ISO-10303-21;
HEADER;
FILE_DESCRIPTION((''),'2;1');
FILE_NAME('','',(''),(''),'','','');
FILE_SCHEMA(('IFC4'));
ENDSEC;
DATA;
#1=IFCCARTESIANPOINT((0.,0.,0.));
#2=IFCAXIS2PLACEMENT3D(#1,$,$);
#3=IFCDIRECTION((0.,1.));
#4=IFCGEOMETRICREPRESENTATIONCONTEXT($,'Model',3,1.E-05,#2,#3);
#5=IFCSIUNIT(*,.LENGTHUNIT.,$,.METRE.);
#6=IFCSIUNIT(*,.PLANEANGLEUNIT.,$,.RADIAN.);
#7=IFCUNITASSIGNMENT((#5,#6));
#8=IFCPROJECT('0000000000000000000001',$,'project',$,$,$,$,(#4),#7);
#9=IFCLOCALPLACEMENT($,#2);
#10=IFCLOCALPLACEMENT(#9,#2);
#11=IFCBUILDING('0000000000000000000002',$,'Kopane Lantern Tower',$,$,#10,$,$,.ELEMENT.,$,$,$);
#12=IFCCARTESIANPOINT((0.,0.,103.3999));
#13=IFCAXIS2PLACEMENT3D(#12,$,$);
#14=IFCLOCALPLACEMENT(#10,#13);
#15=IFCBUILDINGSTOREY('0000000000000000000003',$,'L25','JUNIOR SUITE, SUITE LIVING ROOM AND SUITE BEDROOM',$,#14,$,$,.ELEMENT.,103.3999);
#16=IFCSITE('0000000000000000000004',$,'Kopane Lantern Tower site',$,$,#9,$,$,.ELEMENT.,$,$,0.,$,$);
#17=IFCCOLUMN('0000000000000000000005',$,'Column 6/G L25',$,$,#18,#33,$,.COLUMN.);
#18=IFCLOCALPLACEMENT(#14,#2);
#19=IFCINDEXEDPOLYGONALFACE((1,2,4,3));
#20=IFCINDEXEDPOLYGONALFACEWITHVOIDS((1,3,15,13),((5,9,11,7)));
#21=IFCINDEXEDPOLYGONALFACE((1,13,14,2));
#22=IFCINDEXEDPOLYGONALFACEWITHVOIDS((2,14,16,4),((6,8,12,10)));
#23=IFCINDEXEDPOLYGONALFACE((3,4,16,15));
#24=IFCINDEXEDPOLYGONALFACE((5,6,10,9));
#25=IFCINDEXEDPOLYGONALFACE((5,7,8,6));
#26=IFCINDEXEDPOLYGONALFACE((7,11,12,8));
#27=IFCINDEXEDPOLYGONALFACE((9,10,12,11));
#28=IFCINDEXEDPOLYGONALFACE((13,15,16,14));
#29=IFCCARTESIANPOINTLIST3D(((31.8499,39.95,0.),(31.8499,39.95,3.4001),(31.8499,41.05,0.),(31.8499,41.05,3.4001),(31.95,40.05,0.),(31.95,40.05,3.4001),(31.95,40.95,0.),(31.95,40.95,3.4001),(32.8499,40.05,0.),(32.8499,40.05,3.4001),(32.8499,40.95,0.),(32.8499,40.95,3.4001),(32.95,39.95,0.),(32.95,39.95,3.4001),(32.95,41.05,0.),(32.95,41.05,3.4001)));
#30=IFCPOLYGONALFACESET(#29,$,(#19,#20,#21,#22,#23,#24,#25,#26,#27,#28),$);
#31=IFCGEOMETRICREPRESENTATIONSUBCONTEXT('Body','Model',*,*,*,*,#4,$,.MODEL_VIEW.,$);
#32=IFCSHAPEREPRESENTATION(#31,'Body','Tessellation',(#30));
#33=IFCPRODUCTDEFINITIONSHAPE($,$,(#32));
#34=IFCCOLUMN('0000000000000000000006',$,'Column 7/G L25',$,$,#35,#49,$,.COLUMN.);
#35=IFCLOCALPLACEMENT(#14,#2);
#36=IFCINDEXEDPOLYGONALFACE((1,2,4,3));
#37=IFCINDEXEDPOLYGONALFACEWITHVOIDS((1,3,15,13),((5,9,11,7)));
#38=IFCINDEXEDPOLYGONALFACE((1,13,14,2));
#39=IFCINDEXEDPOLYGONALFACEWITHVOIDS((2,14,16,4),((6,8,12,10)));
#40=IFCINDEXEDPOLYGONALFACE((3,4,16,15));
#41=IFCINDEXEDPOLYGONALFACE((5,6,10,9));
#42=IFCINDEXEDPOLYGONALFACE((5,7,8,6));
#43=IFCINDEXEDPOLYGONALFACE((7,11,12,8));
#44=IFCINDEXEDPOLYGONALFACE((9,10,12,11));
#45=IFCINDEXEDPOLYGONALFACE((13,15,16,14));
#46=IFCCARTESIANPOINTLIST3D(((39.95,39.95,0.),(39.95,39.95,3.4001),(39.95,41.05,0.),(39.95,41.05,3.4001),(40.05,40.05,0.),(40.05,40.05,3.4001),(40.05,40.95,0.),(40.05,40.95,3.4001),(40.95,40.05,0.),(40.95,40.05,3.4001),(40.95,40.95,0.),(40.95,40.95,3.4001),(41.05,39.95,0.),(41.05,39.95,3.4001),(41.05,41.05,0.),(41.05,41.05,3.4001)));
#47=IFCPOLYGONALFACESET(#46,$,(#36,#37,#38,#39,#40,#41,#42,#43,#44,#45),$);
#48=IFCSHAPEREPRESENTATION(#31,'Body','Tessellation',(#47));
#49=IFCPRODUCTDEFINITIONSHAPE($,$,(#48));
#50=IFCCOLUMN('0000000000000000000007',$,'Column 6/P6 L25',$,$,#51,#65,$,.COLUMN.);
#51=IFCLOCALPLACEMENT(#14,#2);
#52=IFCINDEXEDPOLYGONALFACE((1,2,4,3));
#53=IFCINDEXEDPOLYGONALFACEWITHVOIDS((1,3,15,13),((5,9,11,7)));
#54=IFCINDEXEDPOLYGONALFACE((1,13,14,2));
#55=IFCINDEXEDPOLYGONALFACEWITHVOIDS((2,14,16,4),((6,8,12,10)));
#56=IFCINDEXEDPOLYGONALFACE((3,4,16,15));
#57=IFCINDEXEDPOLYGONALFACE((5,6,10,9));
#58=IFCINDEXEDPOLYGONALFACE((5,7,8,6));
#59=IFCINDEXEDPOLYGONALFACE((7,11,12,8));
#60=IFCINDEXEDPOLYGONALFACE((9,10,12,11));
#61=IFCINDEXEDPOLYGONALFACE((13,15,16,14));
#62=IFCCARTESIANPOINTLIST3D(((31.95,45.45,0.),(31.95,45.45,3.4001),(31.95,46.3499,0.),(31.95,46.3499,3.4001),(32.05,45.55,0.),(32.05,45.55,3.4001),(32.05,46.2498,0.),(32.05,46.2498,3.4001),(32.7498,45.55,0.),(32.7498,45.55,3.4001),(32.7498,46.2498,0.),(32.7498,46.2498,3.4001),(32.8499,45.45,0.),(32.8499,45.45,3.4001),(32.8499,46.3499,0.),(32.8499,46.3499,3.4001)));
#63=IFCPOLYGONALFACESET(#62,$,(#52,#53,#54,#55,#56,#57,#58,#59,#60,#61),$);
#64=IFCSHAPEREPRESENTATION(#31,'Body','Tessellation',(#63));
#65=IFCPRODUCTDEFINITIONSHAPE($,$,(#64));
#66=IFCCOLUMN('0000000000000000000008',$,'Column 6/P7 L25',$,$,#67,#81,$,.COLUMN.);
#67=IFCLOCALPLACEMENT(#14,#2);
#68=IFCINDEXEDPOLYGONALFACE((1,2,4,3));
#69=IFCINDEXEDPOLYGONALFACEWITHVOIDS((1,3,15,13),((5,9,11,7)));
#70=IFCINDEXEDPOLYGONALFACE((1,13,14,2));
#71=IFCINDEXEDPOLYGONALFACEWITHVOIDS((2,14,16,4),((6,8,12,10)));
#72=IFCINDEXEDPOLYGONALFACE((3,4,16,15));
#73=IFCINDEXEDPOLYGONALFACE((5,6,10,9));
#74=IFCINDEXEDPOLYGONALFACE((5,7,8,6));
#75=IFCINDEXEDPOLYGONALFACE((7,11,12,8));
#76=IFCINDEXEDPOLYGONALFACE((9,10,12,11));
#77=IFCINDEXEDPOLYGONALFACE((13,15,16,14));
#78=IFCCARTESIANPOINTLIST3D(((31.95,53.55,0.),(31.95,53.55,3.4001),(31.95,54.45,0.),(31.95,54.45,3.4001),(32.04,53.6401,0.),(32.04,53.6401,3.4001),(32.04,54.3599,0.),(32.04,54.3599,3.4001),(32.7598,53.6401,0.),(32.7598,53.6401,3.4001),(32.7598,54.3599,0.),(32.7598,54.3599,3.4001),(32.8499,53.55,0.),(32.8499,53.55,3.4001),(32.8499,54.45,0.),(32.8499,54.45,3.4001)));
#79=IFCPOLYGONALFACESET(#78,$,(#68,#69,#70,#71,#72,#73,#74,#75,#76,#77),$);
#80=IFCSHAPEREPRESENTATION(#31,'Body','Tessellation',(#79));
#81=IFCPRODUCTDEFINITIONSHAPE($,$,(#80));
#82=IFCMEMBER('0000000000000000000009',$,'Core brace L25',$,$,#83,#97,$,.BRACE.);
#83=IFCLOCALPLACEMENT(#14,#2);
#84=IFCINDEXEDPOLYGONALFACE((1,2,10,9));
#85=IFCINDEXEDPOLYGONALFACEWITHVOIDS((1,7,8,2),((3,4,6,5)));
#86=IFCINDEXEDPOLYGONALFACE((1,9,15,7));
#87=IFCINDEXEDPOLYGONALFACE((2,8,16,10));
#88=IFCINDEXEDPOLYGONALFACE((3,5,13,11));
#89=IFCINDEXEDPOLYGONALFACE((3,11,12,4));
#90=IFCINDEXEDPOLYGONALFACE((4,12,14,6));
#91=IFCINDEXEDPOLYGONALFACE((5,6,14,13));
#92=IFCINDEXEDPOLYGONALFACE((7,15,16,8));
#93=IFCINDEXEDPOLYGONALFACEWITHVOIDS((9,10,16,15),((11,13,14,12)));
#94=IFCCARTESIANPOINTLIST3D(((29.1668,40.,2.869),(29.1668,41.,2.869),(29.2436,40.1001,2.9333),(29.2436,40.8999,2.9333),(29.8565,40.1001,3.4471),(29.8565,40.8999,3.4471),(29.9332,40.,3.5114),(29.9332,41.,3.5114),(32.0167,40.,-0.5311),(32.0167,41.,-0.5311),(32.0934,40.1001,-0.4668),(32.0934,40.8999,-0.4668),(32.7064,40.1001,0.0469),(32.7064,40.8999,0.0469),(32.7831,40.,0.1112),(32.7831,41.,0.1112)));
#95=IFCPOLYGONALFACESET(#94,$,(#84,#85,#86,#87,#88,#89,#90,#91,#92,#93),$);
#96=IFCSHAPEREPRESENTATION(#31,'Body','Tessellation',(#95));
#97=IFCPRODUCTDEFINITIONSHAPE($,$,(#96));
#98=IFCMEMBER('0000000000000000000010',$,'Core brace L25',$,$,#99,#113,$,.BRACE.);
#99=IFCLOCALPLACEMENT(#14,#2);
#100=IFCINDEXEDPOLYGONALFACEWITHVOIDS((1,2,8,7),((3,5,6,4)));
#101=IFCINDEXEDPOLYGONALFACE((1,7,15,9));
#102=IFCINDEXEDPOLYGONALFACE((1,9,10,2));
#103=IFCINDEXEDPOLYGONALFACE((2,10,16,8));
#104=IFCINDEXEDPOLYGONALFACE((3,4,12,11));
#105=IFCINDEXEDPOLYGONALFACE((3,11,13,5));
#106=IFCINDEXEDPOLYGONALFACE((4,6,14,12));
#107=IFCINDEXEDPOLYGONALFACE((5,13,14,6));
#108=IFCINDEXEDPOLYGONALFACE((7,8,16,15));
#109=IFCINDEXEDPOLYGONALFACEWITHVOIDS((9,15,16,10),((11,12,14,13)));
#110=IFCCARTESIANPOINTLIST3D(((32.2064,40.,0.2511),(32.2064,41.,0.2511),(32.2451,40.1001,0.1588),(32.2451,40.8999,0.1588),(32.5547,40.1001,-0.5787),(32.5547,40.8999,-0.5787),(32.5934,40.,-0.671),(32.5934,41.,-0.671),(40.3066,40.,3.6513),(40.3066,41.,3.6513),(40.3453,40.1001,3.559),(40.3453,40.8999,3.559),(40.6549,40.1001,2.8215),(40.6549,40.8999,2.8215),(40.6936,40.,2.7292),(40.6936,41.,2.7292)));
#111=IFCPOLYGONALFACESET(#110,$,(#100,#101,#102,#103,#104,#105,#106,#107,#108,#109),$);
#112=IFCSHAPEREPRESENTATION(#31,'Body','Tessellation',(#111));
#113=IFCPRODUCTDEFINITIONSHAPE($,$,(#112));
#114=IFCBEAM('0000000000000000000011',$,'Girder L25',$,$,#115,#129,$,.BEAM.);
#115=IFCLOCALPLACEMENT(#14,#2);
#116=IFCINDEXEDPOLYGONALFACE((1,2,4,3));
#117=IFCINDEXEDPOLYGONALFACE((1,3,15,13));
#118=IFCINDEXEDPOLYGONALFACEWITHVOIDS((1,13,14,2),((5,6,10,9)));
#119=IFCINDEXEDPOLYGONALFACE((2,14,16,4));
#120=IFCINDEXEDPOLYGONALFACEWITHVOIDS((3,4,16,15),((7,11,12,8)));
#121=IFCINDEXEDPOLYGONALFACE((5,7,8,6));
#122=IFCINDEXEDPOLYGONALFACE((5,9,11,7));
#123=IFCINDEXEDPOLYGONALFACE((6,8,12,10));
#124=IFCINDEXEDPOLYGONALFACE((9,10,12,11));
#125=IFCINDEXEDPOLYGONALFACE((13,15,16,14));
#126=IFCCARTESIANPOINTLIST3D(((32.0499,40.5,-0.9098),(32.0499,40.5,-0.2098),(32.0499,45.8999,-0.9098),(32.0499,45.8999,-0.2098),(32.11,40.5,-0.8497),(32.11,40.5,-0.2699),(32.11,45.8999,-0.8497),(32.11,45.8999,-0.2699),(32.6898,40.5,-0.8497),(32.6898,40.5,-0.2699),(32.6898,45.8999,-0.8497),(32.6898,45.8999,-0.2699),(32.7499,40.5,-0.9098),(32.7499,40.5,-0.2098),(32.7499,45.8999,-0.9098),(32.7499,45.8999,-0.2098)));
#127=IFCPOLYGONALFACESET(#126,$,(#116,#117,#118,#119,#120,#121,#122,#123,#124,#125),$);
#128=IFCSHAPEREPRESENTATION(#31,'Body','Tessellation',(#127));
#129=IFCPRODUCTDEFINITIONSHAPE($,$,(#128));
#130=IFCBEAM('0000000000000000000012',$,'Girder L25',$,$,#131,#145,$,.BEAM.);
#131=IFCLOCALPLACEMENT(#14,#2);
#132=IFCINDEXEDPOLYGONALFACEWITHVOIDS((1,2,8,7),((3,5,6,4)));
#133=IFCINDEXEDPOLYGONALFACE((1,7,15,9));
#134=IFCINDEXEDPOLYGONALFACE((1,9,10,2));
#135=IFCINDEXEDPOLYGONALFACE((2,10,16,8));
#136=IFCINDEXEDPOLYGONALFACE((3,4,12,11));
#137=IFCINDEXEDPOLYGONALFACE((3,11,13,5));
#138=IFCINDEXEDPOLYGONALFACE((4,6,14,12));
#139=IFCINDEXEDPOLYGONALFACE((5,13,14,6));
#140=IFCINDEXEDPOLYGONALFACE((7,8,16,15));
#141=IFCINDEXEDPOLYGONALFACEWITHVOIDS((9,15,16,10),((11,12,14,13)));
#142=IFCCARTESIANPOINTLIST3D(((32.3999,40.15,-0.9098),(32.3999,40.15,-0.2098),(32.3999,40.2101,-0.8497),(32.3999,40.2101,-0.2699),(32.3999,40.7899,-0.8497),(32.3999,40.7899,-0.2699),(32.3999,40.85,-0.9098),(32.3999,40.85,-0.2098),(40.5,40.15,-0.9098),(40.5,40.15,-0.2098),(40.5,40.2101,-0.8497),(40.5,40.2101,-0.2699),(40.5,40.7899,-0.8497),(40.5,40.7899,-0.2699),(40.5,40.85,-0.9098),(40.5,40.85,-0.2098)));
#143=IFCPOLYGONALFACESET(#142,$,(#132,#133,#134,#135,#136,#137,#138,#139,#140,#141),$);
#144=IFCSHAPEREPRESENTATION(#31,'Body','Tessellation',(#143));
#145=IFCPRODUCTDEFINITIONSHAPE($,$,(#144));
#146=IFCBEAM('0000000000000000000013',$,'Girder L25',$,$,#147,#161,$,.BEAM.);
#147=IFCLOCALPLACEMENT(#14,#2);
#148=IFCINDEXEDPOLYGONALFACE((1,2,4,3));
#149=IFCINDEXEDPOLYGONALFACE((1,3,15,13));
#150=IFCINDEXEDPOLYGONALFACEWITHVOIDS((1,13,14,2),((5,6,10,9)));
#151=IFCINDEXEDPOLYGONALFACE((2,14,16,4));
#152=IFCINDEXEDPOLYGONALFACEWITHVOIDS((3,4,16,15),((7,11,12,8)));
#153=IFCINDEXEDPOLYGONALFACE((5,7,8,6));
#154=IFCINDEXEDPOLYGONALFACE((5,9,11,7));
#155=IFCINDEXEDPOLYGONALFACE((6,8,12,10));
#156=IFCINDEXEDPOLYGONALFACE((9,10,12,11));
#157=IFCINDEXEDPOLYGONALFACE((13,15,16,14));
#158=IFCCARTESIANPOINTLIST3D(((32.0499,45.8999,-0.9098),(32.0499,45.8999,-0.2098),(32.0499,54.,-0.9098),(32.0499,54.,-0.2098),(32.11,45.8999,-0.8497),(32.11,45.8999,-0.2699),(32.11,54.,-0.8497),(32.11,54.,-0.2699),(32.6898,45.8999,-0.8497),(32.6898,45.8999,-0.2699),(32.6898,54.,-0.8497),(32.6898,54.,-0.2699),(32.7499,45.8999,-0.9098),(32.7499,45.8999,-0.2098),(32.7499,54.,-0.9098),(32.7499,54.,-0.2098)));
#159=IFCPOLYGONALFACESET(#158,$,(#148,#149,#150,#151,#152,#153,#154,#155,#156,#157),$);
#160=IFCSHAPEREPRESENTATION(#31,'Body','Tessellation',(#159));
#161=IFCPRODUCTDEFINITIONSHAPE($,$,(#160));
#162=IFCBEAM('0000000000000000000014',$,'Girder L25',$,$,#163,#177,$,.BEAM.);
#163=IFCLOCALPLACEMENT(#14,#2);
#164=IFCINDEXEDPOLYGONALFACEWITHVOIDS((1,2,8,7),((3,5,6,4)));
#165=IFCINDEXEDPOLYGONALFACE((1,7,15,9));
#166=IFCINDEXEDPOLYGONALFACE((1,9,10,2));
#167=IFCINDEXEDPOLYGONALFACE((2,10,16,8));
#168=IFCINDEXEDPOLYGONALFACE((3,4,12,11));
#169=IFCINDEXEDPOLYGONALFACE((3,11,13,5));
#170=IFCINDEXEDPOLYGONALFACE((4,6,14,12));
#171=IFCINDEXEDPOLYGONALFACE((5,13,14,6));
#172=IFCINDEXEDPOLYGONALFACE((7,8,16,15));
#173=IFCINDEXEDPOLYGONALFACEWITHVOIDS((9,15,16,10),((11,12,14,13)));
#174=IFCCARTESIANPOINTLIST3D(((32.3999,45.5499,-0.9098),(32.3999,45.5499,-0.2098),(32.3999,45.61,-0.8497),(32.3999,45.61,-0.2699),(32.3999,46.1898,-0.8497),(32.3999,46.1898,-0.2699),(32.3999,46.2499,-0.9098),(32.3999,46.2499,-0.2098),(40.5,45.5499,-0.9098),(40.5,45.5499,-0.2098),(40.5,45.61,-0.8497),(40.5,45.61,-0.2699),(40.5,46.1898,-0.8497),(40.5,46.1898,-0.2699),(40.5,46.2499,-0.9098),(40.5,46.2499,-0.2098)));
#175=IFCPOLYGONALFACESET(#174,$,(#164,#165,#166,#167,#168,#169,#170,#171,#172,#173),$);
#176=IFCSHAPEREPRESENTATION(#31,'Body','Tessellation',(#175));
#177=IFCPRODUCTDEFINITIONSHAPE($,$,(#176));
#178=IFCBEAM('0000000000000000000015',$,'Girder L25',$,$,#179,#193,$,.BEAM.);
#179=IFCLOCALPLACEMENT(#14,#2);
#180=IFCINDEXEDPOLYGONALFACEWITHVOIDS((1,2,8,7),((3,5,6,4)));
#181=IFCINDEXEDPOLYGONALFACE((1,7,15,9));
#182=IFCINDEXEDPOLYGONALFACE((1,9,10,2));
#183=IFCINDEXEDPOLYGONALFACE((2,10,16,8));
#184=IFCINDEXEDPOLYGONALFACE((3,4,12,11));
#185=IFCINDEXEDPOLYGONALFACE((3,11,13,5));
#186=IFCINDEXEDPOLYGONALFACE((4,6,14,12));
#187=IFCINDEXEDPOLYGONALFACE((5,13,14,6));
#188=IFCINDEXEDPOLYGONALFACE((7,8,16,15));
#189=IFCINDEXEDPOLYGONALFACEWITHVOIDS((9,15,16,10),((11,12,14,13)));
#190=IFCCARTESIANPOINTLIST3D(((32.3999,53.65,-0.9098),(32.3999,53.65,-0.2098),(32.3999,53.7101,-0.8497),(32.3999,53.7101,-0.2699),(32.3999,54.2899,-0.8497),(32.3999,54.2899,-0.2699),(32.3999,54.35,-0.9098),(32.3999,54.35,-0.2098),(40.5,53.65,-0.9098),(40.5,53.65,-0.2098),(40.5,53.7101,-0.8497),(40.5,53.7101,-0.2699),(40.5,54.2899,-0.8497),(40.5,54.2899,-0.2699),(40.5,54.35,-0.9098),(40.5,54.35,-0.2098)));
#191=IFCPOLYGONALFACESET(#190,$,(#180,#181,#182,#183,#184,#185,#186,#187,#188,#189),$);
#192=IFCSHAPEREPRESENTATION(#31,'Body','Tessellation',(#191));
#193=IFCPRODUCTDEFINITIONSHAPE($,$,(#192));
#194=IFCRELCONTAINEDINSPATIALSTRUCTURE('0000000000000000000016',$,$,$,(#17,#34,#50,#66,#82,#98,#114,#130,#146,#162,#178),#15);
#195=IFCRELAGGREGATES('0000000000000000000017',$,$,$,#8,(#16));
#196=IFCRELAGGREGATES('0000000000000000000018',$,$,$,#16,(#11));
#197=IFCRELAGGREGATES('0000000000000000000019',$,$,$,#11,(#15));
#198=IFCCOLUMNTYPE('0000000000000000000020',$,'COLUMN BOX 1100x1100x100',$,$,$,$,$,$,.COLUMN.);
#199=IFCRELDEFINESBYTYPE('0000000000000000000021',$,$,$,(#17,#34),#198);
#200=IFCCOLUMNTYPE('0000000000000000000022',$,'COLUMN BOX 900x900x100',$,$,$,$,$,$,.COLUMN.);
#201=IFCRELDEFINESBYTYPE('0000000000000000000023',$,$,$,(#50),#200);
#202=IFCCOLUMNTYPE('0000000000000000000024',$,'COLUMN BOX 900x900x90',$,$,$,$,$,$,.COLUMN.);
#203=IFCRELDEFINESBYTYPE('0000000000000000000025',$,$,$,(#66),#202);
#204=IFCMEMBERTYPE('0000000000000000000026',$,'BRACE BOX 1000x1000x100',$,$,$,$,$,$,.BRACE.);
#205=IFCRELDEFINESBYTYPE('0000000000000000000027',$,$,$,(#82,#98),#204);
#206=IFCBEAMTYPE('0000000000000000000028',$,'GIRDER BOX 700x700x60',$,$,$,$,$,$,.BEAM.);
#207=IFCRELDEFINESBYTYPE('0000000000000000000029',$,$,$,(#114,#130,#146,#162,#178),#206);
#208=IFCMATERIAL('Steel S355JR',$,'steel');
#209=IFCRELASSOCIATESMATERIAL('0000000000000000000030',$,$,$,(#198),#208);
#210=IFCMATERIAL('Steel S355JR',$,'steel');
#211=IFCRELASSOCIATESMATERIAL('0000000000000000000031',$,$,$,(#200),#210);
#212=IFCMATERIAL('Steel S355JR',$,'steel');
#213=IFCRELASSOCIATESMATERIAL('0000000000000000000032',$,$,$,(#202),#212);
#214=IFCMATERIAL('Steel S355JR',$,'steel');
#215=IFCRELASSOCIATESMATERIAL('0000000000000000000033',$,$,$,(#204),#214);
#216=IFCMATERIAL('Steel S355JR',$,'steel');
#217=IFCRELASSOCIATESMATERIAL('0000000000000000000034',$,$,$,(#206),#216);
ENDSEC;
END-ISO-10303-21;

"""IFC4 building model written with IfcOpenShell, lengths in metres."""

from ifc_helpers import new_model, si_unit, direction, frame, origin, origin_2d, place, context, subcontext, project, spatial, hollow_rectangle, extrude, material, material_profile, profile_set, type_object, element, save


model = new_model("IFC4")

# Units and contexts
model_context = context("Model", 3, precision=1e-05, world=origin(), true_north=direction((0.0, 1.0)))
body_context = subcontext(model_context, "Body", "Model", "MODEL_VIEW")
ifc_project = project(units=[si_unit("LENGTHUNIT", "METRE"), si_unit("PLANEANGLEUNIT", "RADIAN")], contexts=[model_context])

# Site, building, storey
site_placement = place(None, origin())
site = spatial("IfcSite", under=ifc_project, at=site_placement, Name="Kopane Lantern Tower site", CompositionType="ELEMENT", RefElevation=0.0)
building_placement = place(site_placement, origin())
building = spatial("IfcBuilding", under=site, at=building_placement, Name="Kopane Lantern Tower", CompositionType="ELEMENT")
storey_placement = place(building_placement, frame((0.0, 0.0, 103.3999)))
storey = spatial("IfcBuildingStorey", under=building, at=storey_placement, Name="L25", Description="JUNIOR SUITE, SUITE LIVING ROOM AND SUITE BEDROOM", CompositionType="ELEMENT", Elevation=103.3999)

# Columns
ifc_material_1 = material(Name="Steel S355JR", Category="steel")
ifc_material_profile_1 = material_profile(ifc_material_1, hollow_rectangle(XDim=1.1001, YDim=1.1001, WallThickness=0.1001, at=origin_2d()), Name="BOX 1100x1100x100")
ifc_profile_set_1 = profile_set([ifc_material_profile_1], Name="Steel S355JR")
column_type_1 = type_object("IfcColumnType", Name="COLUMN BOX 1100x1100x100", PredefinedType="COLUMN", material=ifc_profile_set_1)
for number, where, z_axis, x_axis, name in (
    (1, (32.3999, 40.5, 0.0), (0.0, 0.0, 1.0), (1.0, 0.0, 0.0), "Column 6/G L25"),
    (2, (40.5, 40.5, 0.0), (0.0, 0.0, 1.0), (1.0, 0.0, 0.0), "Column 7/G L25"),
):
    element("IfcColumn", number, at=place(storey_placement, frame(where, z_axis=z_axis, x_axis=x_axis)), inside=storey, type_object=column_type_1, Name=name, PredefinedType="COLUMN", context=body_context, shape_type="SweptSolid", body=[
        extrude(hollow_rectangle(XDim=1.1001, YDim=1.1001, WallThickness=0.1001, at=origin_2d()), origin(), (0.0, 0.0, 1.0), 3.4001),
    ])
ifc_material_2 = material(Name="Steel S355JR", Category="steel")
ifc_material_profile_2 = material_profile(ifc_material_2, hollow_rectangle(XDim=0.8999, YDim=0.8999, WallThickness=0.1001, at=origin_2d()), Name="BOX 900x900x100")
ifc_profile_set_2 = profile_set([ifc_material_profile_2], Name="Steel S355JR")
column_type_2 = type_object("IfcColumnType", Name="COLUMN BOX 900x900x100", PredefinedType="COLUMN", material=ifc_profile_set_2)
column_1_placement = place(storey_placement, frame((32.3999, 45.8999, 0.0), z_axis=(0.0, 0.0, 1.0), x_axis=(1.0, 0.0, 0.0)))
element("IfcColumn", 3, at=column_1_placement, inside=storey, type_object=column_type_2, Name="Column 6/P6 L25", PredefinedType="COLUMN", context=body_context, shape_type="SweptSolid", body=[
    extrude(hollow_rectangle(XDim=0.8999, YDim=0.8999, WallThickness=0.1001, at=origin_2d()), origin(), (0.0, 0.0, 1.0), 3.4001),
])
ifc_material_3 = material(Name="Steel S355JR", Category="steel")
ifc_material_profile_3 = material_profile(ifc_material_3, hollow_rectangle(XDim=0.8999, YDim=0.8999, WallThickness=0.0901, at=origin_2d()), Name="BOX 900x900x90")
ifc_profile_set_3 = profile_set([ifc_material_profile_3], Name="Steel S355JR")
column_type_3 = type_object("IfcColumnType", Name="COLUMN BOX 900x900x90", PredefinedType="COLUMN", material=ifc_profile_set_3)
column_2_placement = place(storey_placement, frame((32.3999, 54.0, 0.0), z_axis=(0.0, 0.0, 1.0), x_axis=(1.0, 0.0, 0.0)))
element("IfcColumn", 4, at=column_2_placement, inside=storey, type_object=column_type_3, Name="Column 6/P7 L25", PredefinedType="COLUMN", context=body_context, shape_type="SweptSolid", body=[
    extrude(hollow_rectangle(XDim=0.8999, YDim=0.8999, WallThickness=0.0901, at=origin_2d()), origin(), (0.0, 0.0, 1.0), 3.4001),
])

# Members
ifc_material_4 = material(Name="Steel S355JR", Category="steel")
ifc_material_profile_4 = material_profile(ifc_material_4, hollow_rectangle(XDim=1.0, YDim=1.0, WallThickness=0.1001, at=origin_2d()), Name="BOX 1000x1000x100")
ifc_profile_set_4 = profile_set([ifc_material_profile_4], Name="Steel S355JR")
member_type = type_object("IfcMemberType", Name="BRACE BOX 1000x1000x100", PredefinedType="BRACE", material=ifc_profile_set_4)
member_1_placement = place(storey_placement, frame((32.3999, 40.5, -0.21), z_axis=(-0.642363, 0.0, 0.7664), x_axis=(0.0, -1.0, 0.0)))
element("IfcMember", 5, at=member_1_placement, inside=storey, type_object=member_type, Name="Core brace L25", PredefinedType="BRACE", context=body_context, shape_type="SweptSolid", body=[
    extrude(hollow_rectangle(XDim=1.0, YDim=1.0, WallThickness=0.1001, at=origin_2d()), origin(), (0.0, 0.0, 1.0), 4.4365),
])
member_2_placement = place(storey_placement, frame((32.3999, 40.5, -0.21), z_axis=(0.922059, 0.0, 0.387049), x_axis=(0.0, 1.0, 0.0)))
element("IfcMember", 6, at=member_2_placement, inside=storey, type_object=member_type, Name="Core brace L25", PredefinedType="BRACE", context=body_context, shape_type="SweptSolid", body=[
    extrude(hollow_rectangle(XDim=1.0, YDim=1.0, WallThickness=0.1001, at=origin_2d()), origin(), (0.0, 0.0, 1.0), 8.7849),
])

# Beams
ifc_material_5 = material(Name="Steel S355JR", Category="steel")
ifc_material_profile_5 = material_profile(ifc_material_5, hollow_rectangle(XDim=0.7, YDim=0.7, WallThickness=0.0601, at=origin_2d()), Name="BOX 700x700x60")
ifc_profile_set_5 = profile_set([ifc_material_profile_5], Name="Steel S355JR")
beam_type = type_object("IfcBeamType", Name="GIRDER BOX 700x700x60", PredefinedType="BEAM", material=ifc_profile_set_5)
beam_placement = place(storey_placement, frame((32.3999, 40.5, -0.5598), z_axis=(0.0, 1.0, 0.0), x_axis=(-1.0, 0.0, 0.0)))
element("IfcBeam", 7, at=beam_placement, inside=storey, type_object=beam_type, Name="Girder L25", PredefinedType="BEAM", context=body_context, shape_type="SweptSolid", body=[
    extrude(hollow_rectangle(XDim=0.7, YDim=0.7, WallThickness=0.0601, at=origin_2d()), origin(), (0.0, 0.0, 1.0), 5.3999),
])
for number, where, z_axis, x_axis, name in (
    (8, (32.3999, 40.5, -0.5598), (1.0, 0.0, 0.0), (0.0, 1.0, 0.0), "Girder L25"),
    (9, (32.3999, 45.8999, -0.5598), (0.0, 1.0, 0.0), (-1.0, 0.0, 0.0), "Girder L25"),
    (10, (32.3999, 45.8999, -0.5598), (1.0, 0.0, 0.0), (0.0, 1.0, 0.0), "Girder L25"),
    (11, (32.3999, 54.0, -0.5598), (1.0, 0.0, 0.0), (0.0, 1.0, 0.0), "Girder L25"),
):
    element("IfcBeam", number, at=place(storey_placement, frame(where, z_axis=z_axis, x_axis=x_axis)), inside=storey, type_object=beam_type, Name=name, PredefinedType="BEAM", context=body_context, shape_type="SweptSolid", body=[
        extrude(hollow_rectangle(XDim=0.7, YDim=0.7, WallThickness=0.0601, at=origin_2d()), origin(), (0.0, 0.0, 1.0), 8.1001),
    ])

save(model, "model.ifc")
